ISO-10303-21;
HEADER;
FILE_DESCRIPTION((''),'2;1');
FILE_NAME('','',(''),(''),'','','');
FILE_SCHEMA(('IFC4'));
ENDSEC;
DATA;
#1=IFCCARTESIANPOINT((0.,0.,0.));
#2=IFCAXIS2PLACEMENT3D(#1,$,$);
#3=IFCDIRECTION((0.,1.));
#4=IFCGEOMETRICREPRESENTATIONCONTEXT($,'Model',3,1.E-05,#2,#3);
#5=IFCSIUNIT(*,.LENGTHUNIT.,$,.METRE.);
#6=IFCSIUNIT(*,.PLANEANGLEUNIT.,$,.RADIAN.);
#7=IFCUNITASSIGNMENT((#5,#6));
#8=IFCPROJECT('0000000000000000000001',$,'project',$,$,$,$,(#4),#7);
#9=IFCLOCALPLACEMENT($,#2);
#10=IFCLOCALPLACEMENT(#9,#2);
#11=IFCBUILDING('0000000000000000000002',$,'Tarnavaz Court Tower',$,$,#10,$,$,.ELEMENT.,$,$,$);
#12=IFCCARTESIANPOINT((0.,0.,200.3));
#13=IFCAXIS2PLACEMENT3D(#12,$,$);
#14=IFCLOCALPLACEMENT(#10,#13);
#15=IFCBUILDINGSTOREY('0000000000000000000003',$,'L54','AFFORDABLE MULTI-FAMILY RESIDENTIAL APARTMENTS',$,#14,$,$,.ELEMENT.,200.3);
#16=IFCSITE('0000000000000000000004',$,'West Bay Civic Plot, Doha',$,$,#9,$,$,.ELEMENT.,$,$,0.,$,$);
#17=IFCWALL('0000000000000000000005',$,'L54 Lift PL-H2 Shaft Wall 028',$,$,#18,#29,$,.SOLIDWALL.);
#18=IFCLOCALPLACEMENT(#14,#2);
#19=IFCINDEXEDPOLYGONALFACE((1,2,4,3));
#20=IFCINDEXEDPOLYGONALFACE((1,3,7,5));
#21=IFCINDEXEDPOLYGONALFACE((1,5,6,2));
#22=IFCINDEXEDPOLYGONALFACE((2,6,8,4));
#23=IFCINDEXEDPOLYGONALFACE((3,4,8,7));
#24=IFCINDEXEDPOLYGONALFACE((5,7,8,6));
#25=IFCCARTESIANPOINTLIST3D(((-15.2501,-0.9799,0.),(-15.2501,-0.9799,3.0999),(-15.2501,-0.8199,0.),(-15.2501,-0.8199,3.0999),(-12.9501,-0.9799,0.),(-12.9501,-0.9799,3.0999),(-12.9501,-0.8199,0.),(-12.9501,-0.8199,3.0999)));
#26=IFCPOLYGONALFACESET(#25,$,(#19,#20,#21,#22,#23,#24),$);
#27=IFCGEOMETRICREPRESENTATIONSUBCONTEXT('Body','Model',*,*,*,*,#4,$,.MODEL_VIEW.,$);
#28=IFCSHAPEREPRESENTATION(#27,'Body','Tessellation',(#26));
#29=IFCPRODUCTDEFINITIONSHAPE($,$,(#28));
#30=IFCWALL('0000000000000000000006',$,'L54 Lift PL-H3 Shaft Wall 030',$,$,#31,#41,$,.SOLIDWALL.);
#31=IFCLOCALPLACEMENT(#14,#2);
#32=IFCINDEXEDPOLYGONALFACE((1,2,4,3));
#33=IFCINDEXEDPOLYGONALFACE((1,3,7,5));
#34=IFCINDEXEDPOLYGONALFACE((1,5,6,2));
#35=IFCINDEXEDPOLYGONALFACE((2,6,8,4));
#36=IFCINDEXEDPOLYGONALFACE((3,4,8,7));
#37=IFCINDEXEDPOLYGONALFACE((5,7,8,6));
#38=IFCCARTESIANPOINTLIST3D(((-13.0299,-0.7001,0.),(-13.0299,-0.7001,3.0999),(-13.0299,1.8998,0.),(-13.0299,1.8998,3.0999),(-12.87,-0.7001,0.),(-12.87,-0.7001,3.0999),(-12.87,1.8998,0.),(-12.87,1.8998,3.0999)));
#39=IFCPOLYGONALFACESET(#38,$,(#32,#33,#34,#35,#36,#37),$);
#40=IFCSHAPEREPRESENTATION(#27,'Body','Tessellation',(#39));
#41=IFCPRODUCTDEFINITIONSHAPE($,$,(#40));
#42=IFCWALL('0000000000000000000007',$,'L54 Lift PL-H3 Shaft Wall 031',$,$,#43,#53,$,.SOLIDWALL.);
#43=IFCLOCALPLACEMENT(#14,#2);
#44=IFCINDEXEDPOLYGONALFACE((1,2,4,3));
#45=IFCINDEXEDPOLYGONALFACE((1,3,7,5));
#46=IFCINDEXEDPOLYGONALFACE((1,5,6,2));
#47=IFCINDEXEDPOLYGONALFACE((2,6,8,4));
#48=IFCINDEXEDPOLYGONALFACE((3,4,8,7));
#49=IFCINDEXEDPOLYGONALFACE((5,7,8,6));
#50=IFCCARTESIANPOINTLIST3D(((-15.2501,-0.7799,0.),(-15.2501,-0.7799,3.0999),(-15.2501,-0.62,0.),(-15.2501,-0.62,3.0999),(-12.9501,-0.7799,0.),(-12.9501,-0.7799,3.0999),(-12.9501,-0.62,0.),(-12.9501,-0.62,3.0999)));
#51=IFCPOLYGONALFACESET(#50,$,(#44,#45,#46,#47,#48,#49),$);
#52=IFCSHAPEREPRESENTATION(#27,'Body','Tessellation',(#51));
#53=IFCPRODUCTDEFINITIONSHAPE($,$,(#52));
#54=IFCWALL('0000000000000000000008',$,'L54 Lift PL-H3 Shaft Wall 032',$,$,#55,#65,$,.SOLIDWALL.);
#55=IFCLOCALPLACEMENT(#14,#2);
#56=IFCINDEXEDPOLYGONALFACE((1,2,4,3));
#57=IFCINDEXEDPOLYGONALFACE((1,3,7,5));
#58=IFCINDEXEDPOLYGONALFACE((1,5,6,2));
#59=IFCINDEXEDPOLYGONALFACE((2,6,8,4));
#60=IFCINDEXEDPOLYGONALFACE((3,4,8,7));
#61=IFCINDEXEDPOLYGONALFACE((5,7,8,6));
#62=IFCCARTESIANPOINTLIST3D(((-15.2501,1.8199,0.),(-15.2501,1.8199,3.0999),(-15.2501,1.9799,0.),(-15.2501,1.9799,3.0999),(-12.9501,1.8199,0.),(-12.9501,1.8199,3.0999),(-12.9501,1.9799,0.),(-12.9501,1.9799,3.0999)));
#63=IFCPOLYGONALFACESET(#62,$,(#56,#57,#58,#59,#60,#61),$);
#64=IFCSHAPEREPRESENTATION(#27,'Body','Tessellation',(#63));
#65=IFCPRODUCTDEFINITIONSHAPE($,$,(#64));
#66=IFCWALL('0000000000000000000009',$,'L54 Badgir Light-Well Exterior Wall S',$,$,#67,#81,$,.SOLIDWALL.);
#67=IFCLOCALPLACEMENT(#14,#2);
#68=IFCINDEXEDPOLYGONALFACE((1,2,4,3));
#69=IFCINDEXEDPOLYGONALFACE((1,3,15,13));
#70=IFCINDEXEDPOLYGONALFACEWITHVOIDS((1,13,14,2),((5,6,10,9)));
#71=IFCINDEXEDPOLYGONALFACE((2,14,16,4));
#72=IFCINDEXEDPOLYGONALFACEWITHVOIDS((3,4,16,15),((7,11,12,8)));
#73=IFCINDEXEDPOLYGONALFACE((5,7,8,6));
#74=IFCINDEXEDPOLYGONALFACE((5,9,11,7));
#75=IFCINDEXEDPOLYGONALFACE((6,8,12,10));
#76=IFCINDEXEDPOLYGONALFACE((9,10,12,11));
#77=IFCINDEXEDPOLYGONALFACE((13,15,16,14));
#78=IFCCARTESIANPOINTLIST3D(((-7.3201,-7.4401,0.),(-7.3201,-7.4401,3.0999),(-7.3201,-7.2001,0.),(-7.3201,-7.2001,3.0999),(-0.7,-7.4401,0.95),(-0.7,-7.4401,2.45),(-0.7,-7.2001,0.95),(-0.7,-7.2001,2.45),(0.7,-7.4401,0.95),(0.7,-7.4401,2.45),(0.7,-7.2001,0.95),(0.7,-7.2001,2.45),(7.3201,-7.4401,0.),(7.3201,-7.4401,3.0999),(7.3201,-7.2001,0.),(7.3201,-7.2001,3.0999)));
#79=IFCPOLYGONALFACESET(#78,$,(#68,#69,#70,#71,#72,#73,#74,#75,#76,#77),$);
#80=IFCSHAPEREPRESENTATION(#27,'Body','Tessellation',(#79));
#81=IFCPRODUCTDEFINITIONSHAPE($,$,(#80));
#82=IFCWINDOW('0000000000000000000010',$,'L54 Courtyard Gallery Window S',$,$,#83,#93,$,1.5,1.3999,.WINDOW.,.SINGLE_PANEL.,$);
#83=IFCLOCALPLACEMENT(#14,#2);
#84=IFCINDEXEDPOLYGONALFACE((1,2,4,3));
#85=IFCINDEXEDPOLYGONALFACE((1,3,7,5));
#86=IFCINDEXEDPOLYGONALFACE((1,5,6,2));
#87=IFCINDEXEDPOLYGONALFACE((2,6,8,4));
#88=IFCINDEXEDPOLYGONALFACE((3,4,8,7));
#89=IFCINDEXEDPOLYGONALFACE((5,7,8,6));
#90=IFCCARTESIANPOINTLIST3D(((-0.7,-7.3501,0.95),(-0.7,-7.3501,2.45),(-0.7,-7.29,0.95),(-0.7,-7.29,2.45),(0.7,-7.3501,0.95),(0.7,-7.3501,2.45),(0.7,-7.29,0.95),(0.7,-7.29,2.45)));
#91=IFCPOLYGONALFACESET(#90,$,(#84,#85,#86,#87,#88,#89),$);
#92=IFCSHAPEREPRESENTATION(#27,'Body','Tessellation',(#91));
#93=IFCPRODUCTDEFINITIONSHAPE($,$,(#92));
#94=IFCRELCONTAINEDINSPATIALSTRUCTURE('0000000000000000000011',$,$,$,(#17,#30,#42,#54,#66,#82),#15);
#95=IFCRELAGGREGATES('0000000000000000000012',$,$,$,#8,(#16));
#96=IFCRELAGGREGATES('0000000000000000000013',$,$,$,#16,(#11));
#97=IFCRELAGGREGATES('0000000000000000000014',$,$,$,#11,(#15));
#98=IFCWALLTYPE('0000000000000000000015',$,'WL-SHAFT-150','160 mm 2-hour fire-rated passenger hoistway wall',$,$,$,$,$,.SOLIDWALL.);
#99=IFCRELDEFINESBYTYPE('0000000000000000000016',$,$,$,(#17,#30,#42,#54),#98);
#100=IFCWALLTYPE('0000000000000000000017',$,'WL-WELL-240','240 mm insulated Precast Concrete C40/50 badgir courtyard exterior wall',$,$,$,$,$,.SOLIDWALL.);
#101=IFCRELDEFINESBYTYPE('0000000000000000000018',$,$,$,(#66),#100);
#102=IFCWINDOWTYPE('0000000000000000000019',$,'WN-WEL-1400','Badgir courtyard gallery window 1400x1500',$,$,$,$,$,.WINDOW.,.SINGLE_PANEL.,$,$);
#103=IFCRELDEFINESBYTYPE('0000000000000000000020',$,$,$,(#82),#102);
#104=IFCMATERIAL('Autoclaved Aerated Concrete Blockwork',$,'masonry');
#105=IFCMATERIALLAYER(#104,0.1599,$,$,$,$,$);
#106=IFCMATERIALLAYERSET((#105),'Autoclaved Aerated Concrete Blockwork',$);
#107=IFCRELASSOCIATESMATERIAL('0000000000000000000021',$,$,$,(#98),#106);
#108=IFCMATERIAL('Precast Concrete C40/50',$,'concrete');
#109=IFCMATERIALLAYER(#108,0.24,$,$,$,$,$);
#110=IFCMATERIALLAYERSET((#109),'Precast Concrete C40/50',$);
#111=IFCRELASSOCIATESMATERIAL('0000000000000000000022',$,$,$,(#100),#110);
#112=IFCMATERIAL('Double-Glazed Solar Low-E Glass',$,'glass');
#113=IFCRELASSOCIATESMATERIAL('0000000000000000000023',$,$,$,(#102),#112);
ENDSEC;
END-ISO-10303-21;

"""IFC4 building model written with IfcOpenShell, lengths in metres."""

from ifc_helpers import new_model, si_unit, direction, frame, frame_2d, origin, place, context, subcontext, project, spatial, rectangle, extrude, material, layer, layer_set, type_object, element, fill, save


model = new_model("IFC4")

# Units and contexts
model_context = context("Model", 3, precision=1e-05, world=origin(), true_north=direction((0.0, 1.0)))
body_context = subcontext(model_context, "Body", "Model", "MODEL_VIEW")
ifc_project = project(units=[si_unit("LENGTHUNIT", "METRE"), si_unit("PLANEANGLEUNIT", "RADIAN")], contexts=[model_context])

# Site, building, storey
site_placement = place(None, origin())
site = spatial("IfcSite", under=ifc_project, at=site_placement, Name="West Bay Civic Plot, Doha", CompositionType="ELEMENT", RefElevation=0.0)
building_placement = place(site_placement, origin())
building = spatial("IfcBuilding", under=site, at=building_placement, Name="Tarnavaz Court Tower", CompositionType="ELEMENT")
storey_placement = place(building_placement, frame((0.0, 0.0, 200.3)))
storey = spatial("IfcBuildingStorey", under=building, at=storey_placement, Name="L54", Description="AFFORDABLE MULTI-FAMILY RESIDENTIAL APARTMENTS", CompositionType="ELEMENT", Elevation=200.3)

# Shared definitions
ifc_material_1 = material(Name="Autoclaved Aerated Concrete Blockwork", Category="masonry")

# Shared definitions
ifc_layer_1 = layer(ifc_material_1, 0.1599)
ifc_layer_set_1 = layer_set([ifc_layer_1], Name="Autoclaved Aerated Concrete Blockwork")
wall_type_1 = type_object("IfcWallType", Name="WL-SHAFT-150", Description="160 mm 2-hour fire-rated passenger hoistway wall", PredefinedType="SOLIDWALL", material=ifc_layer_set_1)

# Wall
for number, where, z_axis, x_axis, name in (
    (1, (-15.25, -0.8999, 0.0), (0.0, 0.0, 1.0), (1.0, 0.0, 0.0), "L54 Lift PL-H2 Shaft Wall 028"),
):
    element("IfcWall", number, at=place(storey_placement, frame(where, z_axis=z_axis, x_axis=x_axis)), inside=storey, type_object=wall_type_1, Name=name, PredefinedType="SOLIDWALL", context=body_context, shape_type="SweptSolid", body=[
        extrude(rectangle(XDim=2.3, YDim=0.1599, at=frame_2d((1.1499, 0.0))), origin(), (0.0, 0.0, 1.0), 3.0999),
    ])

# Walls
wall_1_placement = place(storey_placement, frame((-12.95, -0.7, 0.0), z_axis=(0.0, 0.0, 1.0), x_axis=(0.0, 1.0, 0.0)))
element("IfcWall", 2, at=wall_1_placement, inside=storey, type_object=wall_type_1, Name="L54 Lift PL-H3 Shaft Wall 030", PredefinedType="SOLIDWALL", context=body_context, shape_type="SweptSolid", body=[
    extrude(rectangle(XDim=2.5999, YDim=0.1599, at=frame_2d((1.2998, 0.0))), origin(), (0.0, 0.0, 1.0), 3.0999),
])
for number, where, z_axis, x_axis, name in (
    (3, (-15.25, -0.7, 0.0), (0.0, 0.0, 1.0), (1.0, 0.0, 0.0), "L54 Lift PL-H3 Shaft Wall 031"),
    (4, (-15.25, 1.8999, 0.0), (0.0, 0.0, 1.0), (1.0, 0.0, 0.0), "L54 Lift PL-H3 Shaft Wall 032"),
):
    element("IfcWall", number, at=place(storey_placement, frame(where, z_axis=z_axis, x_axis=x_axis)), inside=storey, type_object=wall_type_1, Name=name, PredefinedType="SOLIDWALL", context=body_context, shape_type="SweptSolid", body=[
        extrude(rectangle(XDim=2.3, YDim=0.1599, at=frame_2d((1.1499, 0.0))), origin(), (0.0, 0.0, 1.0), 3.0999),
    ])

# Wall, opening, window
ifc_material_2 = material(Name="Precast Concrete C40/50", Category="concrete")
ifc_layer_2 = layer(ifc_material_2, 0.24)
ifc_layer_set_2 = layer_set([ifc_layer_2], Name="Precast Concrete C40/50")
wall_type_2 = type_object("IfcWallType", Name="WL-WELL-240", Description="240 mm insulated Precast Concrete C40/50 badgir courtyard exterior wall", PredefinedType="SOLIDWALL", material=ifc_layer_set_2)
wall_2_placement = place(storey_placement, frame((-7.3201, -7.3201, 0.0), z_axis=(0.0, 0.0, 1.0), x_axis=(1.0, 0.0, 0.0)))
wall_2 = element("IfcWall", 5, at=wall_2_placement, inside=storey, type_object=wall_type_2, Name="L54 Badgir Light-Well Exterior Wall S", PredefinedType="SOLIDWALL", context=body_context, shape_type="SweptSolid", body=[
    extrude(rectangle(XDim=14.6401, YDim=0.24, at=frame_2d((7.3201, 0.0))), origin(), (0.0, 0.0, 1.0), 3.0999),
])
opening_1_placement = place(wall_2_placement, frame((6.6201, 0.0, 0.95)))
opening_1 = element("IfcOpeningElement", 6, at=opening_1_placement, cuts=wall_2, PredefinedType="OPENING", context=body_context, shape_type="SweptSolid", body=[
    extrude(rectangle(XDim=1.3999, YDim=1.5, at=frame_2d((0.7, 0.75))), frame((0.0, 0.1299, 0.0), z_axis=(0.0, -1.0, 0.0), x_axis=(1.0, 0.0, 0.0)), (0.0, 0.0, 1.0), 0.26),
])
ifc_material_3 = material(Name="Double-Glazed Solar Low-E Glass", Category="glass")
window_type = type_object("IfcWindowType", Name="WN-WEL-1400", Description="Badgir courtyard gallery window 1400x1500", PartitioningType="SINGLE_PANEL", PredefinedType="WINDOW", material=ifc_material_3)
window_placement = place(opening_1_placement, origin())
window = element("IfcWindow", 7, at=window_placement, inside=storey, type_object=window_type, Name="L54 Courtyard Gallery Window S", OverallHeight=1.5, OverallWidth=1.3999, PartitioningType="SINGLE_PANEL", PredefinedType="WINDOW", context=body_context, shape_type="SweptSolid", body=[
    extrude(rectangle(XDim=1.3999, YDim=1.5, at=frame_2d((0.7, 0.75))), frame((0.0, 0.03, 0.0), z_axis=(0.0, -1.0, 0.0), x_axis=(1.0, 0.0, 0.0)), (0.0, 0.0, 1.0), 0.0601),
])
fill(opening_1, window)

save(model, "model.ifc")
